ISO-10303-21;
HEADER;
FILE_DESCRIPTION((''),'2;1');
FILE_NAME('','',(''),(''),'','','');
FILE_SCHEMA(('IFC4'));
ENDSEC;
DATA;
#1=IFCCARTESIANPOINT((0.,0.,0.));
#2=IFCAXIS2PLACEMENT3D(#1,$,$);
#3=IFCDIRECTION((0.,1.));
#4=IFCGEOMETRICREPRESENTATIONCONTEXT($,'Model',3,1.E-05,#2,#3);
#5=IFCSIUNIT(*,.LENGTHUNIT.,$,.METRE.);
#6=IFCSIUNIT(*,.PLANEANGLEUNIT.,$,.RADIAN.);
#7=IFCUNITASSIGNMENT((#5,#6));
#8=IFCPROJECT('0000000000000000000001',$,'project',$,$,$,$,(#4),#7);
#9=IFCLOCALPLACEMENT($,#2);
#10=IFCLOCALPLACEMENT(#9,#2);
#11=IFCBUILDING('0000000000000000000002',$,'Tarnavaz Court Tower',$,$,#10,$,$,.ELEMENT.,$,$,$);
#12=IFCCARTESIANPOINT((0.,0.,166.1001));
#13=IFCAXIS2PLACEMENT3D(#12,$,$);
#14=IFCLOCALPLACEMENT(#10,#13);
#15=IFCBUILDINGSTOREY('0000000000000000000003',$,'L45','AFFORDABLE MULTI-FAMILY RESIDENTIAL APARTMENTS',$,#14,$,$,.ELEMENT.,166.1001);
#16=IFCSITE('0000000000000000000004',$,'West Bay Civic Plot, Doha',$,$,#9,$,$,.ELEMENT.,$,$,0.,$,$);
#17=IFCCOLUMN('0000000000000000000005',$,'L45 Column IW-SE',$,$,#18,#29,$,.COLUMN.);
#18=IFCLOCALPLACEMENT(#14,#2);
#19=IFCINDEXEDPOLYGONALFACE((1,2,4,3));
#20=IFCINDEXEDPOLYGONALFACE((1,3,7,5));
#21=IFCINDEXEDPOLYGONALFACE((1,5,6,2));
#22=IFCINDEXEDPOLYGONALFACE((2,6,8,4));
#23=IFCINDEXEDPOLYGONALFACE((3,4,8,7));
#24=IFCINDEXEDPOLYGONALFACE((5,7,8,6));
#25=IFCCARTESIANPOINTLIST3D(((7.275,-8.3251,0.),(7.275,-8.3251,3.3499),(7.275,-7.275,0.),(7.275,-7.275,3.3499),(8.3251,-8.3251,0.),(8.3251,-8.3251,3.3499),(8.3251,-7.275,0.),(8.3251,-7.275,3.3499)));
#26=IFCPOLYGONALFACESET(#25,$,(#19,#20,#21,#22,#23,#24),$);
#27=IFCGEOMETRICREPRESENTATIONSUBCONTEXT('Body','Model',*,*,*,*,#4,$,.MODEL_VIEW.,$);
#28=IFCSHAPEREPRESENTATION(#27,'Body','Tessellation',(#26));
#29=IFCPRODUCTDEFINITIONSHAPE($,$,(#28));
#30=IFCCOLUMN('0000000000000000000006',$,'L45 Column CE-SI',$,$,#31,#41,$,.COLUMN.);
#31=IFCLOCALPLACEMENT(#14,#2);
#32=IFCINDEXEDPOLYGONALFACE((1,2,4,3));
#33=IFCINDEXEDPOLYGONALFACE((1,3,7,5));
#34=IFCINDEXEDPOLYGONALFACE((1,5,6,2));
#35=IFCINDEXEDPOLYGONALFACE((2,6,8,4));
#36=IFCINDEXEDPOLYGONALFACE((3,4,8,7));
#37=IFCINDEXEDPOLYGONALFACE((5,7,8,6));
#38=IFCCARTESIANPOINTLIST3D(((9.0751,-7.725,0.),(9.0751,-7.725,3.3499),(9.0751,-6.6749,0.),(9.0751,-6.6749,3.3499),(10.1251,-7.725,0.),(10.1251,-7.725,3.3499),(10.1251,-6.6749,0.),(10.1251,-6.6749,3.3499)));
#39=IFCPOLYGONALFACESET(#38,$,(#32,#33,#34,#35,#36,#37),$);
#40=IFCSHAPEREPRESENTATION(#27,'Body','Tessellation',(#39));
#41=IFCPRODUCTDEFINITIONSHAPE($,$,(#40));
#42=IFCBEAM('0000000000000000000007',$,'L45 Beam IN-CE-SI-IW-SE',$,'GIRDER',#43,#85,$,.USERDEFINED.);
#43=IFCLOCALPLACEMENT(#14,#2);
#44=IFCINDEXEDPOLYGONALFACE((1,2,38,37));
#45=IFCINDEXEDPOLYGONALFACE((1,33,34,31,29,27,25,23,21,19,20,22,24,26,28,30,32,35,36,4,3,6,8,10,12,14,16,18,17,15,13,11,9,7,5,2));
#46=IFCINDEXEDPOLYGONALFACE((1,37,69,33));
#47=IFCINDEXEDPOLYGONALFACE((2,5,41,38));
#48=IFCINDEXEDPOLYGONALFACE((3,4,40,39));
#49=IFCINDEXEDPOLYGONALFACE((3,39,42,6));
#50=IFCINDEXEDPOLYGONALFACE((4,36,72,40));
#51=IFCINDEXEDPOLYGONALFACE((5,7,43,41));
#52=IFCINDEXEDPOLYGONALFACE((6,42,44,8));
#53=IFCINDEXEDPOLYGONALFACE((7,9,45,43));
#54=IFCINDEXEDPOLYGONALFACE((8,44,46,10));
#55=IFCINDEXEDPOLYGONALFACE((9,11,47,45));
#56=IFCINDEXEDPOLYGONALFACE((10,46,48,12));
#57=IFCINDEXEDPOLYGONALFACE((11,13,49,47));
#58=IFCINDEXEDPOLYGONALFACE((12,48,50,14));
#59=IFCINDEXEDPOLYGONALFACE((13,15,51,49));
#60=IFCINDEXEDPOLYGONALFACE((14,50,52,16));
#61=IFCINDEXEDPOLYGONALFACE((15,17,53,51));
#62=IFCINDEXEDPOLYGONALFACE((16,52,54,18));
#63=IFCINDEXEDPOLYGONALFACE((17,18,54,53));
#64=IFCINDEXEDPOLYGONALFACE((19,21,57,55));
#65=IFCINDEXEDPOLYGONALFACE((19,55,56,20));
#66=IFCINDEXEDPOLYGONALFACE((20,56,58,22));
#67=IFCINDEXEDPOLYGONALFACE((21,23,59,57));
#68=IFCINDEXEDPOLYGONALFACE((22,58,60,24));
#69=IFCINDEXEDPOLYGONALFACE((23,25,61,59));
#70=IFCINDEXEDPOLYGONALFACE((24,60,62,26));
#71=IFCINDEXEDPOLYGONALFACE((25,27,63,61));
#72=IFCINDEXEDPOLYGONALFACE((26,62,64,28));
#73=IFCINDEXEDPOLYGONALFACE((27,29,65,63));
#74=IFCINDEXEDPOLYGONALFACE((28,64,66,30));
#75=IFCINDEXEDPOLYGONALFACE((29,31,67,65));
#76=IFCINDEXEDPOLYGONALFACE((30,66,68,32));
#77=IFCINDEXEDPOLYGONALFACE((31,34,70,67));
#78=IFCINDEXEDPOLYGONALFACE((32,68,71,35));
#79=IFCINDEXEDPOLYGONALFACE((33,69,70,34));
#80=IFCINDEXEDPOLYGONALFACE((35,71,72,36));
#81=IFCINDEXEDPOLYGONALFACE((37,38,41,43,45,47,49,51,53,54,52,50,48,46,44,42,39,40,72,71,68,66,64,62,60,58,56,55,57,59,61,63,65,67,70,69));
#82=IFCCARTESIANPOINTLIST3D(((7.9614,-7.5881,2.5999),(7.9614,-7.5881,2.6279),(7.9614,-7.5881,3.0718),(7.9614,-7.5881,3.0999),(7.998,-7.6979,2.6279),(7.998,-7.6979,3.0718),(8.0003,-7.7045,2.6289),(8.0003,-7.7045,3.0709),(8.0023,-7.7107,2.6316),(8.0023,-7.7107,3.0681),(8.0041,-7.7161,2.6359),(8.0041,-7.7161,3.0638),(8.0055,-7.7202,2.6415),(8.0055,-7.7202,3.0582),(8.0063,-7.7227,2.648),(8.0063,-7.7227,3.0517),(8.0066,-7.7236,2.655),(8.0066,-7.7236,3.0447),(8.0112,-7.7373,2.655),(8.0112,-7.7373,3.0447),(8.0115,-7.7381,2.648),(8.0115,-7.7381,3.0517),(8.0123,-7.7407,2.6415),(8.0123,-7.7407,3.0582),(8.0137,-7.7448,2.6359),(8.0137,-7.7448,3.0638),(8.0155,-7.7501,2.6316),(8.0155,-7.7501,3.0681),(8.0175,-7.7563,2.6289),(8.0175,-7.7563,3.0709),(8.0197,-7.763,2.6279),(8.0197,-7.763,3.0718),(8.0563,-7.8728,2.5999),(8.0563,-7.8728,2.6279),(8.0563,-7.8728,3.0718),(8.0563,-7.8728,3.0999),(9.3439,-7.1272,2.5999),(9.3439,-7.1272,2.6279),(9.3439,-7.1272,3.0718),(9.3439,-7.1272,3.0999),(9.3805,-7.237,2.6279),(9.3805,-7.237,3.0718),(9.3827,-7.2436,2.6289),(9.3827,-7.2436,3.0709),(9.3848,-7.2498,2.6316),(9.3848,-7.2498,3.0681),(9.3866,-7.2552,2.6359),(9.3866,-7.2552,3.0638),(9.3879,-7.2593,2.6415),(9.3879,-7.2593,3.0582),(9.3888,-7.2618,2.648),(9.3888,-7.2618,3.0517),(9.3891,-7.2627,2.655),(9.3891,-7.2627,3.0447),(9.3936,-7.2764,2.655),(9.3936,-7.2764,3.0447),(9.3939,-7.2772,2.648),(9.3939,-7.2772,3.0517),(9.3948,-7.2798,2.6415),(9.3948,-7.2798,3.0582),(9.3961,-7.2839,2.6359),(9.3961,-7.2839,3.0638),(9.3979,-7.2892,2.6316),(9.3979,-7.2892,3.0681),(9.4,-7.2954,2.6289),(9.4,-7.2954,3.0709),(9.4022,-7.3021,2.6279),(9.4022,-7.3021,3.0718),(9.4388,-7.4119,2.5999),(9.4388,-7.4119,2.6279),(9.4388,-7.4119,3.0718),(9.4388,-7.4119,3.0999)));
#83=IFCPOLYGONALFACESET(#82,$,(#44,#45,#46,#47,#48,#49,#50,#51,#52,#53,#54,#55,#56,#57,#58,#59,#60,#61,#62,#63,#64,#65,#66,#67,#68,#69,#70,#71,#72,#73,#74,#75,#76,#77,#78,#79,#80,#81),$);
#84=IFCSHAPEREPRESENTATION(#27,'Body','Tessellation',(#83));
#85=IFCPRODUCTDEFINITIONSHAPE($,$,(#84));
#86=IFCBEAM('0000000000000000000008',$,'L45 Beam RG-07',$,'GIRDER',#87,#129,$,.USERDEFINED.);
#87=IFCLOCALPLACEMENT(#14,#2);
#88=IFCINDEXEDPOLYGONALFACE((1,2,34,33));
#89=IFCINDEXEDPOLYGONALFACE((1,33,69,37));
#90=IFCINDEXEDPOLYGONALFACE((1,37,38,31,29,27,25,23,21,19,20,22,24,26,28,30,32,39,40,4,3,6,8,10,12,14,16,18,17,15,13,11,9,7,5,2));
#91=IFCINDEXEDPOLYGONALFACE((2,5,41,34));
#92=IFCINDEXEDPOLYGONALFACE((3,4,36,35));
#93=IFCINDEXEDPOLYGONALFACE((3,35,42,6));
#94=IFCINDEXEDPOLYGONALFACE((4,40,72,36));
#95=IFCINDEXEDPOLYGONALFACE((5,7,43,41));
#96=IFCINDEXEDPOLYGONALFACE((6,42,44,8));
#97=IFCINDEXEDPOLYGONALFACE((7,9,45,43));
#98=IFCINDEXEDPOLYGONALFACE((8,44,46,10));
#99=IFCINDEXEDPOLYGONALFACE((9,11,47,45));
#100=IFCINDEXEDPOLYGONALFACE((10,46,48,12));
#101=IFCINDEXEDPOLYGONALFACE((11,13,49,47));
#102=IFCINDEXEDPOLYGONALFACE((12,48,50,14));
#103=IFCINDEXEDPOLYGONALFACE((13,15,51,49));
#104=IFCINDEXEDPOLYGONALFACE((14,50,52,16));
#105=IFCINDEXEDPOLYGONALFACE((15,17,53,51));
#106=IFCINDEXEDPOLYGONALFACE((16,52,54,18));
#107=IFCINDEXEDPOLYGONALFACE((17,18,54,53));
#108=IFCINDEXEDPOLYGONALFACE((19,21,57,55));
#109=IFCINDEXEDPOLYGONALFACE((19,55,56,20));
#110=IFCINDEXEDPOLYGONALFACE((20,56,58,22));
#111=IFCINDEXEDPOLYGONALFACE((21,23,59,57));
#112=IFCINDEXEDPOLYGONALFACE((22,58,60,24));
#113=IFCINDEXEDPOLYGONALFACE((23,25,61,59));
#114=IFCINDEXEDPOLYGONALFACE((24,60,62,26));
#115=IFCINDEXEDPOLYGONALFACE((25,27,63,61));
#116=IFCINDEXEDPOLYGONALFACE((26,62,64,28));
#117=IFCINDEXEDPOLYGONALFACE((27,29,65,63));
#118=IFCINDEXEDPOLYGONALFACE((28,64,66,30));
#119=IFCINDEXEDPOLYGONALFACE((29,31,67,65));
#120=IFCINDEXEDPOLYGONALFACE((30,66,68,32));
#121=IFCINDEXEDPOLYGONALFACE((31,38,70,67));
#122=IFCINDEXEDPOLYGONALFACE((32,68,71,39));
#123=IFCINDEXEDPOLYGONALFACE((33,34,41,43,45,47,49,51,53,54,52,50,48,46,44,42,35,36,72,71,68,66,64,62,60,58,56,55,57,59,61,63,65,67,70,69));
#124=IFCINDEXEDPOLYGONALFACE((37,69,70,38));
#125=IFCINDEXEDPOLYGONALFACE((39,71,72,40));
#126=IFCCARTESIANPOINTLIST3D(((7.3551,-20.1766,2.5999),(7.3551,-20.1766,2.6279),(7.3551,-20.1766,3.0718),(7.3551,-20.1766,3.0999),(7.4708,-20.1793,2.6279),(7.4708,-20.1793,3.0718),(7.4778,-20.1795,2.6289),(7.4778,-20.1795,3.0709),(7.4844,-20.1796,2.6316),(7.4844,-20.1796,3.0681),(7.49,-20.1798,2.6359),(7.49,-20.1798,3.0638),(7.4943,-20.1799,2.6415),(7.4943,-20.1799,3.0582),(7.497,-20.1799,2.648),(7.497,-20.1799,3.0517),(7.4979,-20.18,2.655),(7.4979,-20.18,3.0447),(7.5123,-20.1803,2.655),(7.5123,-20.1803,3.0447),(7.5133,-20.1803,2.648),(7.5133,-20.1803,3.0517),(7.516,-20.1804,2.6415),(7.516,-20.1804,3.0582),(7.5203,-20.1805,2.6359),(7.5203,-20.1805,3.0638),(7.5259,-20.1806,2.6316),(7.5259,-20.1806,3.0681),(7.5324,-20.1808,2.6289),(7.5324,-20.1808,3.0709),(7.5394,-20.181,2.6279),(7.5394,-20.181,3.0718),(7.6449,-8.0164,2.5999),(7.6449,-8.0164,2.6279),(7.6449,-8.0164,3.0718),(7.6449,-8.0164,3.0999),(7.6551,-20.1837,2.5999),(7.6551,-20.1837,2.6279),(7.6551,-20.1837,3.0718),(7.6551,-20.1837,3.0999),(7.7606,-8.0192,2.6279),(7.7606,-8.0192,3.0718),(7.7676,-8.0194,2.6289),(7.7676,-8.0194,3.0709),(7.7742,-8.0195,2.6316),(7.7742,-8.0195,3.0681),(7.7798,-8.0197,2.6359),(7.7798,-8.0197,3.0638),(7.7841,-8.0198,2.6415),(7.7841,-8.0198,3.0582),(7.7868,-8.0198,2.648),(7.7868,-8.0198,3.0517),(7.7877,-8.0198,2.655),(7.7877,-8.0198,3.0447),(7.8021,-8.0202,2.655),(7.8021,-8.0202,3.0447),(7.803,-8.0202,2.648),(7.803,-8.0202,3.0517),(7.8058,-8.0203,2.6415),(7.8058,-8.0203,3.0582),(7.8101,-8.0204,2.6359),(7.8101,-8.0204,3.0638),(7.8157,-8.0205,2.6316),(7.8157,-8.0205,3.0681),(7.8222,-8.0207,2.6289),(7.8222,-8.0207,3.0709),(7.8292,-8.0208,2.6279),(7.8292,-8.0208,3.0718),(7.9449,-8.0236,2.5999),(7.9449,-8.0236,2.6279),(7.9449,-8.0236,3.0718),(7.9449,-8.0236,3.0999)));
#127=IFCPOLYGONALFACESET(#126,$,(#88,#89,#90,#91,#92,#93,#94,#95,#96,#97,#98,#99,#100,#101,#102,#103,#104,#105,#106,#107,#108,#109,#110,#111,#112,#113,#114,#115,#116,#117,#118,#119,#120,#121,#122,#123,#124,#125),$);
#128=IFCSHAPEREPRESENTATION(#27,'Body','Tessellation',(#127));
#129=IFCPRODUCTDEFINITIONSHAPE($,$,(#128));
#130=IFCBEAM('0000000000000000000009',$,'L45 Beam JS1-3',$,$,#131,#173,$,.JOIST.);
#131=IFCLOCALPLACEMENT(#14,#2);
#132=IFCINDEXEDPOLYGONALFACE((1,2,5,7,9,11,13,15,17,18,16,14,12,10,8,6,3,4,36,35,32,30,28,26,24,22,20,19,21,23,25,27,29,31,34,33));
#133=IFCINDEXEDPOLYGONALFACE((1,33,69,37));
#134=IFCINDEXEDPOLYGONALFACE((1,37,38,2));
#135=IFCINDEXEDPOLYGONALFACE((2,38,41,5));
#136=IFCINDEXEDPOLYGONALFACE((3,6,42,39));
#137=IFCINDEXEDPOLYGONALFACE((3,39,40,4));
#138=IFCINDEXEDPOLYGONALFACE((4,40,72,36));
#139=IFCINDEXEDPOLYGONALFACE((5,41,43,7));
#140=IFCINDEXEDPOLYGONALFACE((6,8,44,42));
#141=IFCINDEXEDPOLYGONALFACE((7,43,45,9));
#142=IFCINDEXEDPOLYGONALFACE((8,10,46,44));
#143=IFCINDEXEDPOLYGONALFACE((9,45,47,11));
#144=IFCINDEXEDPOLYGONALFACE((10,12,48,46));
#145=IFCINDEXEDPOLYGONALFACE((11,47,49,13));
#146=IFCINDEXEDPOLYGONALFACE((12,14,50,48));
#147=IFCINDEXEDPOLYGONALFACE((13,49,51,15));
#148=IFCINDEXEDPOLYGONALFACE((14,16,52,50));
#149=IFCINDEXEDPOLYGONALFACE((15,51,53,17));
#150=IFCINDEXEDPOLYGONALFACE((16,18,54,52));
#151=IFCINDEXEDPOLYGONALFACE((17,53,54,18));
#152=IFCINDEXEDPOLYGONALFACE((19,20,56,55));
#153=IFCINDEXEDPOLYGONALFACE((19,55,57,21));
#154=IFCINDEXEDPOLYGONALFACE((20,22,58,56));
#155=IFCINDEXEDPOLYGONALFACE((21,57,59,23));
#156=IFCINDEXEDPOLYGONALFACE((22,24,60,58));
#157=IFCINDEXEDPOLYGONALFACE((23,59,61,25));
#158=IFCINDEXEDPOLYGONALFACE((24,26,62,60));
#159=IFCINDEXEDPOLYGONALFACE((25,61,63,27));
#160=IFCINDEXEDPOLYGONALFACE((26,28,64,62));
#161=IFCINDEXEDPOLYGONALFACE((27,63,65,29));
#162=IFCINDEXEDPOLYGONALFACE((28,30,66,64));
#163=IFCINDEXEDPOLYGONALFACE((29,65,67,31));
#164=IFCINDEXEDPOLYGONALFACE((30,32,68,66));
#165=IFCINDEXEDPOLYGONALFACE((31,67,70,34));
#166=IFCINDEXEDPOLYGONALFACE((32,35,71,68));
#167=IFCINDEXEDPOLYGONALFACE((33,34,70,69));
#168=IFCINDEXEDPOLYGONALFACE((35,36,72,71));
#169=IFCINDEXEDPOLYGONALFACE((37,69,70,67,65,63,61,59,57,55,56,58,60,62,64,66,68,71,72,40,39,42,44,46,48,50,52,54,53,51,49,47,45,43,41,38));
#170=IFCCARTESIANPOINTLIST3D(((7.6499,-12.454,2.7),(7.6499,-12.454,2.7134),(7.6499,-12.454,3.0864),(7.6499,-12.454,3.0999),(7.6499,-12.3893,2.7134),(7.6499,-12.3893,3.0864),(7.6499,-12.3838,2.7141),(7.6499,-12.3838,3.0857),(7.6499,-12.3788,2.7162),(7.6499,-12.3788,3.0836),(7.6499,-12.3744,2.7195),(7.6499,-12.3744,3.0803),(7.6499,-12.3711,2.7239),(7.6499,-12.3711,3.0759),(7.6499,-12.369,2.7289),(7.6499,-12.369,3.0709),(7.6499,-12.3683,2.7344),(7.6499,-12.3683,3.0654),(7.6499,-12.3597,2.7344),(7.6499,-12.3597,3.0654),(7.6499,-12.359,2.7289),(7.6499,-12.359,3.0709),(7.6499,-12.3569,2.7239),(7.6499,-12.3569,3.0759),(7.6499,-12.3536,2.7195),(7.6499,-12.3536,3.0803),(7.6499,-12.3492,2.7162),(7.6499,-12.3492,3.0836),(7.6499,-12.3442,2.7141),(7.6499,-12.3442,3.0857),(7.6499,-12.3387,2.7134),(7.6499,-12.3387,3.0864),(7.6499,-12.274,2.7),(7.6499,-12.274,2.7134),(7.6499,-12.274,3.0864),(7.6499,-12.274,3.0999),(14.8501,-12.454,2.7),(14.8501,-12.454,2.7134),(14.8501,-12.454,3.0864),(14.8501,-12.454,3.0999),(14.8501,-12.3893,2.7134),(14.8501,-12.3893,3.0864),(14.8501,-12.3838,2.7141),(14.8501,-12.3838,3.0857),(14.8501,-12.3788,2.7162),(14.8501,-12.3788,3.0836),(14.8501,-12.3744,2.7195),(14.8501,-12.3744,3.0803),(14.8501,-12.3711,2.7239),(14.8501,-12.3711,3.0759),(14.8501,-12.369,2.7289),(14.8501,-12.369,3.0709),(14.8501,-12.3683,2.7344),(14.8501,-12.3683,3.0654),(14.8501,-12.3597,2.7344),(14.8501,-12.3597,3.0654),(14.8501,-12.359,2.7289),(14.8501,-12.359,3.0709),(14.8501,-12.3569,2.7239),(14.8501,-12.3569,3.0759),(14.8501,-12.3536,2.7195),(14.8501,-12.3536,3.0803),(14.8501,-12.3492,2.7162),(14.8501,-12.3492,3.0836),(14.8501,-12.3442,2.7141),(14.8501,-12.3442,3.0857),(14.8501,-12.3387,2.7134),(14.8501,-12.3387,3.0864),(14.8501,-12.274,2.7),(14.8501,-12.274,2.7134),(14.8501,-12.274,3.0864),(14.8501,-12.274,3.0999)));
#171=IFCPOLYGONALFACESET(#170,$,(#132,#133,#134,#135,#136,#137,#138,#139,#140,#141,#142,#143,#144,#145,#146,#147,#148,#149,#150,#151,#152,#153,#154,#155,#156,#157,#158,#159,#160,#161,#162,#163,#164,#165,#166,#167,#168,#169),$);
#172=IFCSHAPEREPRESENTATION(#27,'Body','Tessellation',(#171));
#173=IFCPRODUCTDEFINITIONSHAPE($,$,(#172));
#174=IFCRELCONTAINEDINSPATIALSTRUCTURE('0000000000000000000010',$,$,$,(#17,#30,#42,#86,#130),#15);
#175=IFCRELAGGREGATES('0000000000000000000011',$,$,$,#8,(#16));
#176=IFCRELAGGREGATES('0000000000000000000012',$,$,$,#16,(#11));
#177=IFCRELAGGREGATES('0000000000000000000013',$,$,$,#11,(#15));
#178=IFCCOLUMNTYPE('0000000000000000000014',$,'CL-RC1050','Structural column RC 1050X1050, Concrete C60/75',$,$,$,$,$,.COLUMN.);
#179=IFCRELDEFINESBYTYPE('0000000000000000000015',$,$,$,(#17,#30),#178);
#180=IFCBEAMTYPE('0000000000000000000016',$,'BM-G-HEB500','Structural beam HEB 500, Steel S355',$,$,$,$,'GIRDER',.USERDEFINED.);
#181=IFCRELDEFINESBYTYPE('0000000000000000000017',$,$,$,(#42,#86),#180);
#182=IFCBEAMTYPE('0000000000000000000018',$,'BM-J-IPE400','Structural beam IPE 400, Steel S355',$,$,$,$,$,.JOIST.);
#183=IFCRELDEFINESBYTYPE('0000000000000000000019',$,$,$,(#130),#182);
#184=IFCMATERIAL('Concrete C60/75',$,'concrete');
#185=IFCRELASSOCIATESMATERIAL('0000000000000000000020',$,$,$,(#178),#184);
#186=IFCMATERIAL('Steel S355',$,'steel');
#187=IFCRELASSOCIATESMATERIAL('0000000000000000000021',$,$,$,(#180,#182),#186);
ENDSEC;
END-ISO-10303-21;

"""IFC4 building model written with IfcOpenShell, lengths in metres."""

from ifc_helpers import new_model, si_unit, direction, frame, origin, origin_2d, place, context, subcontext, project, spatial, rectangle, i_section, extrude, material, material_profile, profile_set, type_object, element, save


model = new_model("IFC4")

# Units and contexts
model_context = context("Model", 3, precision=1e-05, world=origin(), true_north=direction((0.0, 1.0)))
body_context = subcontext(model_context, "Body", "Model", "MODEL_VIEW")
ifc_project = project(units=[si_unit("LENGTHUNIT", "METRE"), si_unit("PLANEANGLEUNIT", "RADIAN")], contexts=[model_context])

# Site, building, storey
site_placement = place(None, origin())
site = spatial("IfcSite", under=ifc_project, at=site_placement, Name="West Bay Civic Plot, Doha", CompositionType="ELEMENT", RefElevation=0.0)
building_placement = place(site_placement, origin())
building = spatial("IfcBuilding", under=site, at=building_placement, Name="Tarnavaz Court Tower", CompositionType="ELEMENT")
storey_placement = place(building_placement, frame((0.0, 0.0, 166.1001)))
storey = spatial("IfcBuildingStorey", under=building, at=storey_placement, Name="L45", Description="AFFORDABLE MULTI-FAMILY RESIDENTIAL APARTMENTS", CompositionType="ELEMENT", Elevation=166.1001)

# Columns
ifc_material_1 = material(Name="Concrete C60/75", Category="concrete")
ifc_material_profile_1 = material_profile(ifc_material_1, rectangle(XDim=1.05, YDim=1.05, at=origin_2d()), Name="RC 1050X1050")
ifc_profile_set_1 = profile_set([ifc_material_profile_1], Name="Concrete C60/75")
column_type = type_object("IfcColumnType", Name="CL-RC1050", Description="Structural column RC 1050X1050, Concrete C60/75", PredefinedType="COLUMN", material=ifc_profile_set_1)
for number, where, z_axis, x_axis, name in (
    (1, (7.8, -7.8, 0.0), (0.0, 0.0, 1.0), (1.0, 0.0, 0.0), "L45 Column IW-SE"),
    (2, (9.6001, -7.2, 0.0), (0.0, 0.0, 1.0), (1.0, 0.0, 0.0), "L45 Column CE-SI"),
):
    element("IfcColumn", number, at=place(storey_placement, frame(where, z_axis=z_axis, x_axis=x_axis)), inside=storey, type_object=column_type, Name=name, PredefinedType="COLUMN", context=body_context, shape_type="SweptSolid", body=[
        extrude(rectangle(XDim=1.05, YDim=1.05, at=origin_2d()), origin(), (0.0, 0.0, 1.0), 3.3499),
    ])

# Beams
ifc_material_2 = material(Name="Steel S355", Category="steel")
ifc_material_profile_2 = material_profile(ifc_material_2, i_section(OverallWidth=0.3, OverallDepth=0.5, WebThickness=0.0144, FlangeThickness=0.0281, FilletRadius=0.0271, at=origin_2d()), Name="HEB 500")
ifc_profile_set_2 = profile_set([ifc_material_profile_2], Name="Steel S355")
beam_type_1 = type_object("IfcBeamType", Name="BM-G-HEB500", Description="Structural beam HEB 500, Steel S355", ElementType="GIRDER", PredefinedType="USERDEFINED", material=ifc_profile_set_2)
beam_1_placement = place(storey_placement, frame((9.3914, -7.2695, 2.8499), z_axis=(-0.948667, -0.316278, 0.0), x_axis=(0.316278, -0.948667, 0.0)))
element("IfcBeam", 3, at=beam_1_placement, inside=storey, type_object=beam_type_1, Name="L45 Beam IN-CE-SI-IW-SE", ObjectType="GIRDER", PredefinedType="USERDEFINED", context=body_context, shape_type="SweptSolid", body=[
    extrude(i_section(OverallWidth=0.3, OverallDepth=0.5, WebThickness=0.0144, FlangeThickness=0.0281, FilletRadius=0.0271, at=origin_2d()), origin(), (0.0, 0.0, 1.0), 1.4573),
])
beam_2_placement = place(storey_placement, frame((7.7949, -8.02, 2.8499), z_axis=(-0.023825, -0.999716, 0.0), x_axis=(0.999716, -0.023825, 0.0)))
element("IfcBeam", 4, at=beam_2_placement, inside=storey, type_object=beam_type_1, Name="L45 Beam RG-07", ObjectType="GIRDER", PredefinedType="USERDEFINED", context=body_context, shape_type="SweptSolid", body=[
    extrude(i_section(OverallWidth=0.3, OverallDepth=0.5, WebThickness=0.0144, FlangeThickness=0.0281, FilletRadius=0.0271, at=origin_2d()), origin(), (0.0, 0.0, 1.0), 12.1636),
])
ifc_material_profile_3 = material_profile(ifc_material_2, i_section(OverallWidth=0.1799, OverallDepth=0.3999, WebThickness=0.0085, FlangeThickness=0.0134, FilletRadius=0.021, at=origin_2d()), Name="IPE 400")
ifc_profile_set_3 = profile_set([ifc_material_profile_3], Name="Steel S355")
beam_type_2 = type_object("IfcBeamType", Name="BM-J-IPE400", Description="Structural beam IPE 400, Steel S355", PredefinedType="JOIST", material=ifc_profile_set_3)
beam_3_placement = place(storey_placement, frame((7.6499, -12.364, 2.8999), z_axis=(1.0, 0.0, 0.0), x_axis=(0.0, 1.0, 0.0)))
element("IfcBeam", 5, at=beam_3_placement, inside=storey, type_object=beam_type_2, Name="L45 Beam JS1-3", PredefinedType="JOIST", context=body_context, shape_type="SweptSolid", body=[
    extrude(i_section(OverallWidth=0.1799, OverallDepth=0.3999, WebThickness=0.0085, FlangeThickness=0.0134, FilletRadius=0.021, at=origin_2d()), origin(), (0.0, 0.0, 1.0), 7.2002),
])

save(model, "model.ifc")
